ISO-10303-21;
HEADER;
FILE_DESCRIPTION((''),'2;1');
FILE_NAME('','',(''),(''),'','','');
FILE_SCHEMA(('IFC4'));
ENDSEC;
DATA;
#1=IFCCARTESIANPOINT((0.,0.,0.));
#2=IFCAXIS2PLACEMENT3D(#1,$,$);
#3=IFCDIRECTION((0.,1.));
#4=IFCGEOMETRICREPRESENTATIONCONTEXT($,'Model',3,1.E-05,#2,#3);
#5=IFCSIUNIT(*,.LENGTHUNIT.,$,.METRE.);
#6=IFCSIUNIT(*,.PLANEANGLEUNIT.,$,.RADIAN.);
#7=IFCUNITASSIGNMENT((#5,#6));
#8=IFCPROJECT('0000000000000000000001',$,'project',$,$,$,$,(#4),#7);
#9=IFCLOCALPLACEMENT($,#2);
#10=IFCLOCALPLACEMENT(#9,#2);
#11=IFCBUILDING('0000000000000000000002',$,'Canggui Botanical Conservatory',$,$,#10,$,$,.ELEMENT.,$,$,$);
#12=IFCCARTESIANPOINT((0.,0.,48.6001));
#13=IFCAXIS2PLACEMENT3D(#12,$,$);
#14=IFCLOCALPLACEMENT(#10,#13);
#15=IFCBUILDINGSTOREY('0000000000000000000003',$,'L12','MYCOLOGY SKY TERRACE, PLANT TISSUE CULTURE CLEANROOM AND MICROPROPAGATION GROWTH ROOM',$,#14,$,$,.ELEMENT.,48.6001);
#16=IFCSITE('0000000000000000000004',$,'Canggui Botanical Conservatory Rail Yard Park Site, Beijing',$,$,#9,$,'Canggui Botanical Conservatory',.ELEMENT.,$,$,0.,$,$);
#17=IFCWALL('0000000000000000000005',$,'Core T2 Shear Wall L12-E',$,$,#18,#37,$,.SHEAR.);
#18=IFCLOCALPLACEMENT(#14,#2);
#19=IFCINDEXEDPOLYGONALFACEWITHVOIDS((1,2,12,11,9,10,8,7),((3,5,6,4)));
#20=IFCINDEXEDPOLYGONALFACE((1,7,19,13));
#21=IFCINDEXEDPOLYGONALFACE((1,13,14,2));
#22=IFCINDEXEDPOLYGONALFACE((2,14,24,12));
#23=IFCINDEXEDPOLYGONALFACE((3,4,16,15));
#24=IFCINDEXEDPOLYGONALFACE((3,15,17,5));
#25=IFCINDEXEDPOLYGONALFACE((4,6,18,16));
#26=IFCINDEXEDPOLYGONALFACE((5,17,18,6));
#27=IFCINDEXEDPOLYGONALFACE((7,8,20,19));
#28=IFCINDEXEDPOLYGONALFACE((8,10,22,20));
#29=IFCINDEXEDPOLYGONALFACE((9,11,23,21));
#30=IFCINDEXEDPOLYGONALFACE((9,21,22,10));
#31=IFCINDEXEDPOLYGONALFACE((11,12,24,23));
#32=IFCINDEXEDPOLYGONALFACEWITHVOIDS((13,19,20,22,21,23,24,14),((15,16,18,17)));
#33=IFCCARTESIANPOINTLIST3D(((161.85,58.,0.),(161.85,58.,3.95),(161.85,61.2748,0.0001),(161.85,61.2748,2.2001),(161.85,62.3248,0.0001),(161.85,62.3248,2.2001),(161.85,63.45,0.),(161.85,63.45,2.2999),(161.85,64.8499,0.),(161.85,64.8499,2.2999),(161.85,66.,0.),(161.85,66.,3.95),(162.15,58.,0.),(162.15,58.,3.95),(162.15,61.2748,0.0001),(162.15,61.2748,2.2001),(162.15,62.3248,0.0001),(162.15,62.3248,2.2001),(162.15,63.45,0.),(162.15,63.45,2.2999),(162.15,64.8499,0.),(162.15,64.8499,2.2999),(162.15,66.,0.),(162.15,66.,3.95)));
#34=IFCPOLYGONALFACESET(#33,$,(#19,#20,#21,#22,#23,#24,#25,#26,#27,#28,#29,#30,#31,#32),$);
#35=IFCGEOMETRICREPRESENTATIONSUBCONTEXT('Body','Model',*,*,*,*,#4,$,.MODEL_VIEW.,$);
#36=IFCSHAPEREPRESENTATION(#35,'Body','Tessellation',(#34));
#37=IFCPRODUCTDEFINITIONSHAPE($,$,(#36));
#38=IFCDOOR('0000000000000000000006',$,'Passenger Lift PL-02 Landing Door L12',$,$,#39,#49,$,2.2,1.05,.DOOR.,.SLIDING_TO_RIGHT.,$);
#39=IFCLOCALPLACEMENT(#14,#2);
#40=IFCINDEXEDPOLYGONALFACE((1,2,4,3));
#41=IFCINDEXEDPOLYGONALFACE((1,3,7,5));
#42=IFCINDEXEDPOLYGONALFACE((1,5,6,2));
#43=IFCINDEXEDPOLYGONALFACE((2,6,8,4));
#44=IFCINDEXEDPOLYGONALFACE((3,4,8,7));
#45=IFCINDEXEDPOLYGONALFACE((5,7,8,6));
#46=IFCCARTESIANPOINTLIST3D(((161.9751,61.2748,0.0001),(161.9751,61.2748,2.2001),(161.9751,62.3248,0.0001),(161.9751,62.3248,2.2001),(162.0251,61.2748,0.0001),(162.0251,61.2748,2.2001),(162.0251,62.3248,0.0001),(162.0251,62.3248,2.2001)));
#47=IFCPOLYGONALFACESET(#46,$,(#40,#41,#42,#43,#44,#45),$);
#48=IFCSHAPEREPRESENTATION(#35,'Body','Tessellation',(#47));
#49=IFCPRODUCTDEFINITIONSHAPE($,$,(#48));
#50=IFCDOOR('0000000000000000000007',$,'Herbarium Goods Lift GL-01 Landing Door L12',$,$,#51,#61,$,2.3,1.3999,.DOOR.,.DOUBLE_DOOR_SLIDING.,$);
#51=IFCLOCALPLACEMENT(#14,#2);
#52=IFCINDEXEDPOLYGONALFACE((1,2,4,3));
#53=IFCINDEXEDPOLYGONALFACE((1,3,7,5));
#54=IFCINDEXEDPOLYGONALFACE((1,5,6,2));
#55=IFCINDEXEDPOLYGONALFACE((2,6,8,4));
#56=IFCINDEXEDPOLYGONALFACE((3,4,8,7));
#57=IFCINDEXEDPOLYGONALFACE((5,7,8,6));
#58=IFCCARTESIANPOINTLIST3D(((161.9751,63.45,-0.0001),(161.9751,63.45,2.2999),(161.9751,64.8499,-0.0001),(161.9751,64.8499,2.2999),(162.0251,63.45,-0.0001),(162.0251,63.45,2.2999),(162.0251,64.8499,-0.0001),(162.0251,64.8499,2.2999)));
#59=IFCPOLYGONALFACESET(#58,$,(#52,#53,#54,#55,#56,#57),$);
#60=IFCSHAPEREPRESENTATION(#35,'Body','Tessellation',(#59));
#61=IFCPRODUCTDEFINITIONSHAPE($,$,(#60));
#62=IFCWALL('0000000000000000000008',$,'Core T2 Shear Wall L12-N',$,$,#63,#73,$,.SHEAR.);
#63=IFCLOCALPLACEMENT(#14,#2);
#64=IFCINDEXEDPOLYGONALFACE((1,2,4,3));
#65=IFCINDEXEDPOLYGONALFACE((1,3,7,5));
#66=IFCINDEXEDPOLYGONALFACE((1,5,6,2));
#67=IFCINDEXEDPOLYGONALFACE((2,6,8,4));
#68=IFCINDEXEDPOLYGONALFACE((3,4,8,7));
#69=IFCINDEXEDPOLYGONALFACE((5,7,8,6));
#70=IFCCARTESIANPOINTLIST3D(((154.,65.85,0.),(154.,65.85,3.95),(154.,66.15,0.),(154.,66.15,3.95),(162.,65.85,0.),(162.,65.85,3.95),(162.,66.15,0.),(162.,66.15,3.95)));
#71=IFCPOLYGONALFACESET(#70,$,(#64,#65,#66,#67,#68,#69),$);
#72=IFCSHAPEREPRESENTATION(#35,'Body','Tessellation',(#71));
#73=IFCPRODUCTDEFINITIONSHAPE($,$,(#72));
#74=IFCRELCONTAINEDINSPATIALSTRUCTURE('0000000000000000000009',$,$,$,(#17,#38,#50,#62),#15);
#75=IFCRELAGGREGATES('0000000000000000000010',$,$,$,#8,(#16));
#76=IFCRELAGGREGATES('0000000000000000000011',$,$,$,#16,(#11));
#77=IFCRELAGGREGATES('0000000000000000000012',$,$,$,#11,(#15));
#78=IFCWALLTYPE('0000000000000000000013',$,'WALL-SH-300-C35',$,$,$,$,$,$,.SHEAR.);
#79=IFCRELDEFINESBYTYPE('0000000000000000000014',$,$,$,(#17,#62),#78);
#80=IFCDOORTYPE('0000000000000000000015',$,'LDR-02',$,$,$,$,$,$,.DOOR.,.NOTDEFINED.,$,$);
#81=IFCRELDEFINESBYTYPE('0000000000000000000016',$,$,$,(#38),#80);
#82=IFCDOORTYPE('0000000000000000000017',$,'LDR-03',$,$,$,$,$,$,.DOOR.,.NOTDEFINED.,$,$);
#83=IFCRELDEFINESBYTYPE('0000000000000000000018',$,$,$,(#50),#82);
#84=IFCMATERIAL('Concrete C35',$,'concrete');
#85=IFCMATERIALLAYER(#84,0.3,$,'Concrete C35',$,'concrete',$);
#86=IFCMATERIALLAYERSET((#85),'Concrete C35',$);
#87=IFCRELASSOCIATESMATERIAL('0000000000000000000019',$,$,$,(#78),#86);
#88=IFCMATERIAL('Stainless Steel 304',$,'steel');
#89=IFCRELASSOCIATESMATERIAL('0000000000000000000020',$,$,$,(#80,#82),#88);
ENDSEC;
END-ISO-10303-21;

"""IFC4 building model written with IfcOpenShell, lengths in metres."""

from ifc_helpers import new_model, si_unit, direction, frame, frame_2d, origin, place, context, subcontext, project, spatial, rectangle, extrude, material, layer, layer_set, type_object, element, fill, save


model = new_model("IFC4")

# Units and contexts
model_context = context("Model", 3, precision=1e-05, world=origin(), true_north=direction((0.0, 1.0)))
body_context = subcontext(model_context, "Body", "Model", "MODEL_VIEW")
ifc_project = project(units=[si_unit("LENGTHUNIT", "METRE"), si_unit("PLANEANGLEUNIT", "RADIAN")], contexts=[model_context])

# Site, building, storey
site_placement = place(None, origin())
site = spatial("IfcSite", under=ifc_project, at=site_placement, Name="Canggui Botanical Conservatory Rail Yard Park Site, Beijing", LongName="Canggui Botanical Conservatory", CompositionType="ELEMENT", RefElevation=0.0)
building_placement = place(site_placement, origin())
building = spatial("IfcBuilding", under=site, at=building_placement, Name="Canggui Botanical Conservatory", CompositionType="ELEMENT")
storey_placement = place(building_placement, frame((0.0, 0.0, 48.6001)))
storey = spatial("IfcBuildingStorey", under=building, at=storey_placement, Name="L12", Description="MYCOLOGY SKY TERRACE, PLANT TISSUE CULTURE CLEANROOM AND MICROPROPAGATION GROWTH ROOM", CompositionType="ELEMENT", Elevation=48.6001)

# Shared definitions
ifc_material_1 = material(Name="Concrete C35", Category="concrete")

# Wall, openings, doors
ifc_layer_1 = layer(ifc_material_1, 0.3, Name="Concrete C35", Category="concrete")
ifc_layer_set_1 = layer_set([ifc_layer_1], Name="Concrete C35")
wall_type_1 = type_object("IfcWallType", Name="WALL-SH-300-C35", PredefinedType="SHEAR", material=ifc_layer_set_1)
wall_1_placement = place(storey_placement, frame((162.0, 58.0, 0.0), z_axis=(0.0, 0.0, 1.0), x_axis=(0.0, 1.0, 0.0)))
wall_1 = element("IfcWall", 1, at=wall_1_placement, inside=storey, type_object=wall_type_1, Name="Core T2 Shear Wall L12-E", PredefinedType="SHEAR", context=body_context, shape_type="SweptSolid", body=[
    extrude(rectangle(XDim=8.0, YDim=0.3, at=frame_2d((4.0, 0.0))), origin(), (0.0, 0.0, 1.0), 3.95),
])
opening_1_placement = place(wall_1_placement, frame((3.2749, 0.0, 0.0)))
opening_1 = element("IfcOpeningElement", 2, at=opening_1_placement, cuts=wall_1, PredefinedType="OPENING", context=body_context, shape_type="SweptSolid", body=[
    extrude(rectangle(XDim=1.05, YDim=2.2, at=frame_2d((0.5249, 1.1001))), frame((0.0, 0.1602, 0.0), z_axis=(0.0, -1.0, 0.0), x_axis=(1.0, 0.0, 0.0)), (0.0, 0.0, 1.0), 0.3201),
])
opening_2_placement = place(wall_1_placement, frame((5.45, 0.0, 0.0)))
opening_2 = element("IfcOpeningElement", 3, at=opening_2_placement, cuts=wall_1, PredefinedType="OPENING", context=body_context, shape_type="SweptSolid", body=[
    extrude(rectangle(XDim=1.3999, YDim=2.3, at=frame_2d((0.7, 1.1499))), frame((0.0, 0.1602, 0.0), z_axis=(0.0, -1.0, 0.0), x_axis=(1.0, 0.0, 0.0)), (0.0, 0.0, 1.0), 0.3201),
])
ifc_material_2 = material(Name="Stainless Steel 304", Category="steel")
door_type_1 = type_object("IfcDoorType", Name="LDR-02", OperationType="NOTDEFINED", PredefinedType="DOOR", material=ifc_material_2)
door_1_placement = place(opening_1_placement, origin())
door_1 = element("IfcDoor", 4, at=door_1_placement, inside=storey, type_object=door_type_1, Name="Passenger Lift PL-02 Landing Door L12", OperationType="SLIDING_TO_RIGHT", OverallHeight=2.2, OverallWidth=1.05, PredefinedType="DOOR", context=body_context, shape_type="SweptSolid", body=[
    extrude(rectangle(XDim=1.05, YDim=2.2, at=frame_2d((0.5249, 1.1001))), frame((0.0, 0.0249, 0.0), z_axis=(0.0, -1.0, 0.0), x_axis=(1.0, 0.0, 0.0)), (0.0, 0.0, 1.0), 0.05),
])
fill(opening_1, door_1)
door_type_2 = type_object("IfcDoorType", Name="LDR-03", OperationType="NOTDEFINED", PredefinedType="DOOR", material=ifc_material_2)
door_2_placement = place(opening_2_placement, origin())
door_2 = element("IfcDoor", 5, at=door_2_placement, inside=storey, type_object=door_type_2, Name="Herbarium Goods Lift GL-01 Landing Door L12", OperationType="DOUBLE_DOOR_SLIDING", OverallHeight=2.3, OverallWidth=1.3999, PredefinedType="DOOR", context=body_context, shape_type="SweptSolid", body=[
    extrude(rectangle(XDim=1.3999, YDim=2.3, at=frame_2d((0.7, 1.1499))), frame((0.0, 0.0249, 0.0), z_axis=(0.0, -1.0, 0.0), x_axis=(1.0, 0.0, 0.0)), (0.0, 0.0, 1.0), 0.05),
])
fill(opening_2, door_2)

# Wall
wall_2_placement = place(storey_placement, frame((162.0, 66.0, 0.0), z_axis=(0.0, 0.0, 1.0), x_axis=(-1.0, 0.0, 0.0)))
element("IfcWall", 6, at=wall_2_placement, inside=storey, type_object=wall_type_1, Name="Core T2 Shear Wall L12-N", PredefinedType="SHEAR", context=body_context, shape_type="SweptSolid", body=[
    extrude(rectangle(XDim=8.0, YDim=0.3, at=frame_2d((4.0, 0.0))), origin(), (0.0, 0.0, 1.0), 3.95),
])

save(model, "model.ifc")
